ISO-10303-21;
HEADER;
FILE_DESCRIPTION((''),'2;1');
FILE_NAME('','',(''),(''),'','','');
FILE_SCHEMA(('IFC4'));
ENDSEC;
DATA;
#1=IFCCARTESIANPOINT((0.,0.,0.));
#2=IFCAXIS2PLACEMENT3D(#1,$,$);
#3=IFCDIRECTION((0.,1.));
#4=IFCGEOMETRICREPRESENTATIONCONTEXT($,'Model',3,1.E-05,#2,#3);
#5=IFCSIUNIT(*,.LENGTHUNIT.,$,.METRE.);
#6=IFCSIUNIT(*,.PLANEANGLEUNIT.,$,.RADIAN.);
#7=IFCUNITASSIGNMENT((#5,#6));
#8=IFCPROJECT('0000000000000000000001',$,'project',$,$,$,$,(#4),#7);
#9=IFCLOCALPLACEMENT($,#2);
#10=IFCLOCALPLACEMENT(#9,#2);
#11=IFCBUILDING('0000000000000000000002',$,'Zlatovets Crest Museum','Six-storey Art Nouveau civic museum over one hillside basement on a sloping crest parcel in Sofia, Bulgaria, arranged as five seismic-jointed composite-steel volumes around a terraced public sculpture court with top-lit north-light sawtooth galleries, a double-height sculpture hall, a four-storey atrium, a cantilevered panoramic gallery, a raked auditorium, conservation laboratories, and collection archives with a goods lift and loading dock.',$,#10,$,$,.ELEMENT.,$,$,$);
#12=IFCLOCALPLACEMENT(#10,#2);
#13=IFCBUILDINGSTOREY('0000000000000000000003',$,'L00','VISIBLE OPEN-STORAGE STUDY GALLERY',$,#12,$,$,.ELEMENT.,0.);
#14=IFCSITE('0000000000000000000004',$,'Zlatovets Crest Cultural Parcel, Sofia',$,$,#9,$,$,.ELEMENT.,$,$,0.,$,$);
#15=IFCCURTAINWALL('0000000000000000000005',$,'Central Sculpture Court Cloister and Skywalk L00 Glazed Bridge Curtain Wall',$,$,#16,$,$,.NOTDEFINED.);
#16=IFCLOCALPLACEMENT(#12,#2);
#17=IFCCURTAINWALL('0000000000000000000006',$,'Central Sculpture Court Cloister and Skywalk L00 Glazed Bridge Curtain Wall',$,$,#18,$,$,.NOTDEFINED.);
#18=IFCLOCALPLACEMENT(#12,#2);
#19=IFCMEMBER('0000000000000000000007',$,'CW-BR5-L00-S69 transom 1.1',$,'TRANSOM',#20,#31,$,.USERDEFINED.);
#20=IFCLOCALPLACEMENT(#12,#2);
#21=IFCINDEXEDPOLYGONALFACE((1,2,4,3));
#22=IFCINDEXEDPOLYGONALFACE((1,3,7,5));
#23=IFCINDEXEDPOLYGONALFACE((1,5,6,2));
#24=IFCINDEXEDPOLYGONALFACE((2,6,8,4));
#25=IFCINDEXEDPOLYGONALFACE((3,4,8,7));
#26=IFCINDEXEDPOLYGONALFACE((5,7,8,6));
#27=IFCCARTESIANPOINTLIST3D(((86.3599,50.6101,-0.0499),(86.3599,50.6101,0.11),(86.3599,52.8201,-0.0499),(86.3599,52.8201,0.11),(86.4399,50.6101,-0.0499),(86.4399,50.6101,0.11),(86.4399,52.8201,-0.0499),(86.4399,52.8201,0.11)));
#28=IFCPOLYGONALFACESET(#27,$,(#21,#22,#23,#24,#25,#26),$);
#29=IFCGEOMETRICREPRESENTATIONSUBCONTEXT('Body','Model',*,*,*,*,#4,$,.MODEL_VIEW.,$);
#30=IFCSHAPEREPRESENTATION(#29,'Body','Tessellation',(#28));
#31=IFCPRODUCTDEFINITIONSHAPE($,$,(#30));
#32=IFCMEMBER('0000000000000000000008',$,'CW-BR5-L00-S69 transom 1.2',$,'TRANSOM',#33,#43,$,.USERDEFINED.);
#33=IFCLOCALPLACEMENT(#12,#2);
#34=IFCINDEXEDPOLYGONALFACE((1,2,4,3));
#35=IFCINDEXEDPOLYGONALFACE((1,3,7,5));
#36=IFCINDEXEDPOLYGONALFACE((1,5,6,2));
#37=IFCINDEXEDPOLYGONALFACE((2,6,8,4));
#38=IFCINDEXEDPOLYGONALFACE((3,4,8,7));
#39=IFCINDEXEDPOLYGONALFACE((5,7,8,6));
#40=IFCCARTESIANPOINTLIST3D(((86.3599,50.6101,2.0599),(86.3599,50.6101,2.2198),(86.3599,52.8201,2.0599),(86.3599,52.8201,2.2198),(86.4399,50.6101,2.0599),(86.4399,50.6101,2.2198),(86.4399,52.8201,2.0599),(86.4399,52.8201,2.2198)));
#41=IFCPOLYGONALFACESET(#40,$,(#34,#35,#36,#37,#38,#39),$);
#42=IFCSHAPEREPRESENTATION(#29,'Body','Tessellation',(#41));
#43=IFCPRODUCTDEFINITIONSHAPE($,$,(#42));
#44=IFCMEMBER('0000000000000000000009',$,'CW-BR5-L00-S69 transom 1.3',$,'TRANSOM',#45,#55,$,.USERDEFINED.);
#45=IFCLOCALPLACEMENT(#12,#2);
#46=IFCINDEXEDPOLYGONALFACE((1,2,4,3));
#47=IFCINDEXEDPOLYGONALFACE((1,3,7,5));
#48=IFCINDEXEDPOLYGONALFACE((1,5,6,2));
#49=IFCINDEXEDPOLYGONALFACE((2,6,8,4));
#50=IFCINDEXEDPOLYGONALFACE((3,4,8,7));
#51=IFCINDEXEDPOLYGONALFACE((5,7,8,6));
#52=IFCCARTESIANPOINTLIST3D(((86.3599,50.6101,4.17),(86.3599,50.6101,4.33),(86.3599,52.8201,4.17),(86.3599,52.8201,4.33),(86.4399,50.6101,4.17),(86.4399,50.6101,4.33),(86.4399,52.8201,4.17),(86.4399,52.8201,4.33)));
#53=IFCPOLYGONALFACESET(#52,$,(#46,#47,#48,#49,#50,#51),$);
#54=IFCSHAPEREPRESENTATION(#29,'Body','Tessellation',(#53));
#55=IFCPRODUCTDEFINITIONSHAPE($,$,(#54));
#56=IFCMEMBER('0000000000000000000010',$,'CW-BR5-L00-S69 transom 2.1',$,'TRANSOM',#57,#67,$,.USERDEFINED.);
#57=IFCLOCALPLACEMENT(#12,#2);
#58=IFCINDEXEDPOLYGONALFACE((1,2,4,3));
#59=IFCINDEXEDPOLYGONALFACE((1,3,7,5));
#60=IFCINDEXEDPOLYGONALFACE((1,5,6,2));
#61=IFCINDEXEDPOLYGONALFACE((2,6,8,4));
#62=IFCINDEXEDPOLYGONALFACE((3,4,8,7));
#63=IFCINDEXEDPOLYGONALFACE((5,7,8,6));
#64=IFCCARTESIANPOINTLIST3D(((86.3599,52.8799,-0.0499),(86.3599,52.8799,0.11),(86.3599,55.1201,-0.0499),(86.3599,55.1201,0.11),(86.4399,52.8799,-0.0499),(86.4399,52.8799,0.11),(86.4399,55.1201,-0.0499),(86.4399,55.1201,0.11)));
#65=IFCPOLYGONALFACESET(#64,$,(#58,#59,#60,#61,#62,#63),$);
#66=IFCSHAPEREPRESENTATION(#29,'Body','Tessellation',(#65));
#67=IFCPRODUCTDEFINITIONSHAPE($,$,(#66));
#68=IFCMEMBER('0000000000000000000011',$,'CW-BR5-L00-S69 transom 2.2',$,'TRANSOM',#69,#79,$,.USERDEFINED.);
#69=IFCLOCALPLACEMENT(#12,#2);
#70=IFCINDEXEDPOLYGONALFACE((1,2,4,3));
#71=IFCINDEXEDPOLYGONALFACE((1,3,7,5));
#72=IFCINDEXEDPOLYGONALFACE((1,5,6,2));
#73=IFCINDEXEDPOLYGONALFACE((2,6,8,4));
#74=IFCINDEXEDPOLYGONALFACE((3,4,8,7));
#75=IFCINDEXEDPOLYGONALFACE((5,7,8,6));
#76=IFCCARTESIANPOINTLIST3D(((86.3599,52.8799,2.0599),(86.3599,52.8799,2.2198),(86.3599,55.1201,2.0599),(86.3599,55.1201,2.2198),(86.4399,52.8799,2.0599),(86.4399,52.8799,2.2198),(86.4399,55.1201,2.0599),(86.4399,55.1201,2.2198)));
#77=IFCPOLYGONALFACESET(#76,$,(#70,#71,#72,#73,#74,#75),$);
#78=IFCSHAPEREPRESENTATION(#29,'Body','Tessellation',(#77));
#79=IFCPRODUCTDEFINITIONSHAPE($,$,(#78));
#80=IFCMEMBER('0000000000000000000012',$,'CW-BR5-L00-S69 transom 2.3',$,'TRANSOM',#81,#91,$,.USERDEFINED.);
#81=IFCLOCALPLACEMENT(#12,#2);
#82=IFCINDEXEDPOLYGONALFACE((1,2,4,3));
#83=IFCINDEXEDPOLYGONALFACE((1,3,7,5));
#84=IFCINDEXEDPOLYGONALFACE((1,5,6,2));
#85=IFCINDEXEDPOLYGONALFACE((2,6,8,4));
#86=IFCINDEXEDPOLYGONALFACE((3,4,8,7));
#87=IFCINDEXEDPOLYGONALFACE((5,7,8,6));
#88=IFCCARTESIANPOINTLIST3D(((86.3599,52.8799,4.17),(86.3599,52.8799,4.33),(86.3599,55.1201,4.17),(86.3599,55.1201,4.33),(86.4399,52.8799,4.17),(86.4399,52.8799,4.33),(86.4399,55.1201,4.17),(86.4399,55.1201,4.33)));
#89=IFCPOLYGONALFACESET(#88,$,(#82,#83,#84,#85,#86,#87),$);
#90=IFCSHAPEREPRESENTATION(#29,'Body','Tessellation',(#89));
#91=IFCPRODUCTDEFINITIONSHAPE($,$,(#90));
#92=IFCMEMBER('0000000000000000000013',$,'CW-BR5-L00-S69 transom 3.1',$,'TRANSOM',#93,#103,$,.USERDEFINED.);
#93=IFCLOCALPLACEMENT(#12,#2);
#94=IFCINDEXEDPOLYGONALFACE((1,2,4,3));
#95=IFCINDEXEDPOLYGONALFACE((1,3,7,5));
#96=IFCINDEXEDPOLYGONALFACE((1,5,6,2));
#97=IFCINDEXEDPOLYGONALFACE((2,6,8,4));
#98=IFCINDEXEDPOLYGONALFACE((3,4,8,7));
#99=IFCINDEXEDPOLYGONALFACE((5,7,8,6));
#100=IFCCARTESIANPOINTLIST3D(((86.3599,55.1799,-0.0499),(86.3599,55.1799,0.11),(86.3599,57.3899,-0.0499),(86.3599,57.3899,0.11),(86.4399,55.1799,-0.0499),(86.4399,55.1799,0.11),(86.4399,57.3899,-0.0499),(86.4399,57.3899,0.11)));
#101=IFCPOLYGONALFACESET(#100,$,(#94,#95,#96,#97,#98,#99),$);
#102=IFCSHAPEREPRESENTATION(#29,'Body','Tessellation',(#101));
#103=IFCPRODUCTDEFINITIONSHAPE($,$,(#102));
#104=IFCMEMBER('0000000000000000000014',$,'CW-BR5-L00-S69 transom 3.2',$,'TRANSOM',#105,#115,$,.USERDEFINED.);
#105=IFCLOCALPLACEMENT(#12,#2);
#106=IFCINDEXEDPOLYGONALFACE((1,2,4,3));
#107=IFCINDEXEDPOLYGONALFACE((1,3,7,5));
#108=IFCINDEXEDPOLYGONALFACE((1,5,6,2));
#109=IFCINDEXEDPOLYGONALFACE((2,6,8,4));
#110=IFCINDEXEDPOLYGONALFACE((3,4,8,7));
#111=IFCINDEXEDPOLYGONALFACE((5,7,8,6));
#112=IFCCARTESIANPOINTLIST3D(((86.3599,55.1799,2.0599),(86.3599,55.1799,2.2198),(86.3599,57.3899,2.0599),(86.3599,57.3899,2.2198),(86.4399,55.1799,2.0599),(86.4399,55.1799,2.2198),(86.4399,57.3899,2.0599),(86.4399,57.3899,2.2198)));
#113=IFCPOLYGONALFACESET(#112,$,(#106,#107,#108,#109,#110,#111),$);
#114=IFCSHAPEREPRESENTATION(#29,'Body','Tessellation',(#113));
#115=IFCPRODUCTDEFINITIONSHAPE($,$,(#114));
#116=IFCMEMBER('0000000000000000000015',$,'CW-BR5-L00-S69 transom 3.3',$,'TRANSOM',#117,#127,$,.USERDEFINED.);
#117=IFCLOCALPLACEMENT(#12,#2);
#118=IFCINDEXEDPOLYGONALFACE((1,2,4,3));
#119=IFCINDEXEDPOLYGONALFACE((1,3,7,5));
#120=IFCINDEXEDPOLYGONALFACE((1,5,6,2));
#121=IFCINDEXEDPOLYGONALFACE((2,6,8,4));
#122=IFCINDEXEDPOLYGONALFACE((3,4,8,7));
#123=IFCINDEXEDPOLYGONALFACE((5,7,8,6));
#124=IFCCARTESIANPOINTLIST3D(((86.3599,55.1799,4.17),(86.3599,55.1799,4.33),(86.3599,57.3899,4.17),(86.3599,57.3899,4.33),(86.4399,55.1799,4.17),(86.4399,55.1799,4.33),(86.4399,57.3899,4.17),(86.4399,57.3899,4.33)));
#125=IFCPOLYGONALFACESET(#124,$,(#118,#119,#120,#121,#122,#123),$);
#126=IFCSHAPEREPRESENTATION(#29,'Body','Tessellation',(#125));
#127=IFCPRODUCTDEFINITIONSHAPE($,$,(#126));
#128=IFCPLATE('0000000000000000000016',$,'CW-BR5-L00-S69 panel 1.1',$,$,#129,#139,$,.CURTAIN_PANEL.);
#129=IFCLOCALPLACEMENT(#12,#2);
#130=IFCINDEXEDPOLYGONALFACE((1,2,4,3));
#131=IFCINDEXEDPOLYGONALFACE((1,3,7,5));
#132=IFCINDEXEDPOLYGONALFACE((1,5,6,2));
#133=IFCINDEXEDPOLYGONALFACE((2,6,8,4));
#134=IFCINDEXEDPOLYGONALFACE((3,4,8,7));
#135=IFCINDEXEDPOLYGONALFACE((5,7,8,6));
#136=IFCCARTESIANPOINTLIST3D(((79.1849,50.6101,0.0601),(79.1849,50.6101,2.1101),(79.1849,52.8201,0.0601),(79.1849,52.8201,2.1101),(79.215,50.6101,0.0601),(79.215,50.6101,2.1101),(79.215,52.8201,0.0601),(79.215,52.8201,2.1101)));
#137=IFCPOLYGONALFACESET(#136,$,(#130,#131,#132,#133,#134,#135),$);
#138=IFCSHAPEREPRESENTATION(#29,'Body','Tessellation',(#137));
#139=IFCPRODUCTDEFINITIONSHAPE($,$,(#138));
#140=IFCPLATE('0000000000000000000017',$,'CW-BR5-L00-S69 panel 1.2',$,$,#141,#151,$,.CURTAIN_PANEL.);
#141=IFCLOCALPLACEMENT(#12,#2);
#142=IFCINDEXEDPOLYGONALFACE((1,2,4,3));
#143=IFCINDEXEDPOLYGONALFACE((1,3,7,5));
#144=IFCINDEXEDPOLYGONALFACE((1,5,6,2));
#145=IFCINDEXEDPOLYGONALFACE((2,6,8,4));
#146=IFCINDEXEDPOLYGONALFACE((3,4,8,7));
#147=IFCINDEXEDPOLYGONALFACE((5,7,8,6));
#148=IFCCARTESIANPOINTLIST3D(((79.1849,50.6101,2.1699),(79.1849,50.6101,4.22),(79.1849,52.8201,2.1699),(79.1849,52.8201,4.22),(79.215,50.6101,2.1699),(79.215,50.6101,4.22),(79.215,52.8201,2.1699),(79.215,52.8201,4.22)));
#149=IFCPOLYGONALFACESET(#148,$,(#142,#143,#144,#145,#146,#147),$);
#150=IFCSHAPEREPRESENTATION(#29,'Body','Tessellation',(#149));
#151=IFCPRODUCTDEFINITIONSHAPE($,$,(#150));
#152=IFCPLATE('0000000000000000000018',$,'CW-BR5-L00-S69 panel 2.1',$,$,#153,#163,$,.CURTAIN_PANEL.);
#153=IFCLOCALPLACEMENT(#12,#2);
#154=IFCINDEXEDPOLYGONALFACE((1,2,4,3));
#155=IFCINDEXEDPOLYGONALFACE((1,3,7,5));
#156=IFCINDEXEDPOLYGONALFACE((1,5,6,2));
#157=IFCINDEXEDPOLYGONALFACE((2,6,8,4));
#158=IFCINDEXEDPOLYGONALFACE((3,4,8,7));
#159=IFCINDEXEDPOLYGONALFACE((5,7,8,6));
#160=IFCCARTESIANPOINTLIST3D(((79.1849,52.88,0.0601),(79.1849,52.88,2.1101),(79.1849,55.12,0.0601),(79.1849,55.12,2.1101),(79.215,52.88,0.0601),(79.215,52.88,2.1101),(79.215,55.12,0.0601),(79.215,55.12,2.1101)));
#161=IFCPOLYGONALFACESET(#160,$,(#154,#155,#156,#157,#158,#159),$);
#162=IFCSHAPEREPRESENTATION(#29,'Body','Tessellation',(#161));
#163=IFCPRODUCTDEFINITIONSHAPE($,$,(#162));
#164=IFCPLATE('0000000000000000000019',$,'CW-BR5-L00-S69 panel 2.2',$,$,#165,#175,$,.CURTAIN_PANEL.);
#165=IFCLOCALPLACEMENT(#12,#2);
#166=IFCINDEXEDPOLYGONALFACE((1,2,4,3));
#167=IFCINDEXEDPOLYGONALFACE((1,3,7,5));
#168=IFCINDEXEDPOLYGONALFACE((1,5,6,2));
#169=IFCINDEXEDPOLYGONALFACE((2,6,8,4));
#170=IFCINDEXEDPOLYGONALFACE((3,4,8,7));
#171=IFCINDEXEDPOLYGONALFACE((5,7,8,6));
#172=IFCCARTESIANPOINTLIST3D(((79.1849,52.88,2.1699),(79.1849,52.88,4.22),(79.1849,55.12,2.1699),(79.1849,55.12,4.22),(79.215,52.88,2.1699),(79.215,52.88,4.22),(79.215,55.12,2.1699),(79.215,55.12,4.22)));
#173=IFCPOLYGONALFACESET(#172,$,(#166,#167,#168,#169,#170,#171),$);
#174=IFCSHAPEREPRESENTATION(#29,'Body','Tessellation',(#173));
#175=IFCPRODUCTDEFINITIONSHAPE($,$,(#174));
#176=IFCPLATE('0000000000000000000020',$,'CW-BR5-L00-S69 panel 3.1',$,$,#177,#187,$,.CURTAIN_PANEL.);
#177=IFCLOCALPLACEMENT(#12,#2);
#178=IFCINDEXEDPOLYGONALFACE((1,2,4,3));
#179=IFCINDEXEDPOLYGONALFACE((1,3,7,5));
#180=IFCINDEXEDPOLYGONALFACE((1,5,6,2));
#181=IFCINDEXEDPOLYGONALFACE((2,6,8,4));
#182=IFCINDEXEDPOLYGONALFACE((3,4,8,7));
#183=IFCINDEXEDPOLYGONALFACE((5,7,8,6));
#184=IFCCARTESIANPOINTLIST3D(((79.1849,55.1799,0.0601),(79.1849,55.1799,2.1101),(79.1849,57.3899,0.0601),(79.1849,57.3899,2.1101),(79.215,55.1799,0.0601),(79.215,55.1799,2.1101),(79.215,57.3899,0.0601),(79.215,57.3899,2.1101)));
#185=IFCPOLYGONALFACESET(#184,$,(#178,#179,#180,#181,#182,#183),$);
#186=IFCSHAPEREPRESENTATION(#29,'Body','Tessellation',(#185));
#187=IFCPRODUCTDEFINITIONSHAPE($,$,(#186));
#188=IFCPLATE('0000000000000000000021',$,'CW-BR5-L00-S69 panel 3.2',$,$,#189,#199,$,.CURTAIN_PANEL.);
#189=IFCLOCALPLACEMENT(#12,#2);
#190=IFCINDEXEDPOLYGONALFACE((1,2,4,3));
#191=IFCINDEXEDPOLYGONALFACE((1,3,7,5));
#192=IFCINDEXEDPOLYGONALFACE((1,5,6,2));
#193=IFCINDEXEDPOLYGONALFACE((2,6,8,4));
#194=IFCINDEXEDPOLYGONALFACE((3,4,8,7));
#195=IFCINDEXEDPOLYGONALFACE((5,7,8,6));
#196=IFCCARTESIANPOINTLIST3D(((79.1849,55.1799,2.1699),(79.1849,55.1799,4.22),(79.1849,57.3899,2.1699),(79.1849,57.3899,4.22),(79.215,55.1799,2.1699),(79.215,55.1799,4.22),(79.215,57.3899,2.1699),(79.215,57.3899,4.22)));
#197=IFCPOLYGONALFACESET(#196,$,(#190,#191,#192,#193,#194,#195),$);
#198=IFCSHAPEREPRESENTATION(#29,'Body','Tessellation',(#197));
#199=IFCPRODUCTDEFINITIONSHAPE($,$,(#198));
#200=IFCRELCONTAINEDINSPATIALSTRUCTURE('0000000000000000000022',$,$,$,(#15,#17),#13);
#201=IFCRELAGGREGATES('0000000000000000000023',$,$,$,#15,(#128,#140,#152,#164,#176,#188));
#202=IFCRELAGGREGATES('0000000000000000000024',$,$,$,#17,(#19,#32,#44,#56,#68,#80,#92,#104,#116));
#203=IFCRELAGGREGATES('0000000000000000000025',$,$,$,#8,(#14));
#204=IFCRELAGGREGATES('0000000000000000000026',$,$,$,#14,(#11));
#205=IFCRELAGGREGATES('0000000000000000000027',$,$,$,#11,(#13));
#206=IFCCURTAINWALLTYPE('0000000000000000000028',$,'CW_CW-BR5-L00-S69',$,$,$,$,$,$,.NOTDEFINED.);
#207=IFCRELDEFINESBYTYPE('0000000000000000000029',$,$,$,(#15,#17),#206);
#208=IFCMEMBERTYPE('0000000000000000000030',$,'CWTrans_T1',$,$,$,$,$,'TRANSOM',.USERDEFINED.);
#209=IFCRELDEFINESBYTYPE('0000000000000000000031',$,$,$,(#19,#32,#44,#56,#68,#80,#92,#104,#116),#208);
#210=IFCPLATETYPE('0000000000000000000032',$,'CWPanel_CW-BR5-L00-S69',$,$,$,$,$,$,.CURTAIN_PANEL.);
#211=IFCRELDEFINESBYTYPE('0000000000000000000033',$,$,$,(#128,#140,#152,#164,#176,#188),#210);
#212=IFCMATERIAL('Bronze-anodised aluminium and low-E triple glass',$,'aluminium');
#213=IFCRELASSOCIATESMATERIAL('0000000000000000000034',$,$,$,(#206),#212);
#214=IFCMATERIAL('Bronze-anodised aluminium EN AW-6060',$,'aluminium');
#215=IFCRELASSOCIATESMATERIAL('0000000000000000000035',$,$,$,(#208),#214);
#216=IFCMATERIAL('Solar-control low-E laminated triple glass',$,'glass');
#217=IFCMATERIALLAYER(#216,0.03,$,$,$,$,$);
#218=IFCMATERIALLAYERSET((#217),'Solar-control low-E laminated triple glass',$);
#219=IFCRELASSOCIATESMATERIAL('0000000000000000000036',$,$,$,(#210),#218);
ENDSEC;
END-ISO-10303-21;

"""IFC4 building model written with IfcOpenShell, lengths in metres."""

from ifc_helpers import new_model, si_unit, direction, frame, origin, origin_2d, place, context, subcontext, project, spatial, rectangle, extrude, material, layer, layer_set, material_profile, profile_set, type_object, element, aggregate, save


model = new_model("IFC4")

# Units and contexts
model_context = context("Model", 3, precision=1e-05, world=origin(), true_north=direction((0.0, 1.0)))
body_context = subcontext(model_context, "Body", "Model", "MODEL_VIEW")
ifc_project = project(units=[si_unit("LENGTHUNIT", "METRE"), si_unit("PLANEANGLEUNIT", "RADIAN")], contexts=[model_context])

# Site, building, storey
site_placement = place(None, origin())
site = spatial("IfcSite", under=ifc_project, at=site_placement, Name="Zlatovets Crest Cultural Parcel, Sofia", CompositionType="ELEMENT", RefElevation=0.0)
building_placement = place(site_placement, origin())
building = spatial("IfcBuilding", under=site, at=building_placement, Name="Zlatovets Crest Museum", Description="Six-storey Art Nouveau civic museum over one hillside basement on a sloping crest parcel in Sofia, Bulgaria, arranged as five seismic-jointed composite-steel volumes around a terraced public sculpture court with top-lit north-light sawtooth galleries, a double-height sculpture hall, a four-storey atrium, a cantilevered panoramic gallery, a raked auditorium, conservation laboratories, and collection archives with a goods lift and loading dock.", CompositionType="ELEMENT")
storey_placement = place(building_placement, origin())
storey = spatial("IfcBuildingStorey", under=building, at=storey_placement, Name="L00", Description="VISIBLE OPEN-STORAGE STUDY GALLERY", CompositionType="ELEMENT", Elevation=0.0)

# Curtain walls
ifc_material_1 = material(Name="Bronze-anodised aluminium and low-E triple glass", Category="aluminium")
curtain_wall_type = type_object("IfcCurtainWallType", Name="CW_CW-BR5-L00-S69", PredefinedType="NOTDEFINED", material=ifc_material_1)
curtain_wall_1_placement = place(storey_placement, origin())
curtain_wall_1 = element("IfcCurtainWall", 1, at=curtain_wall_1_placement, inside=storey, type_object=curtain_wall_type, Name="Central Sculpture Court Cloister and Skywalk L00 Glazed Bridge Curtain Wall", PredefinedType="NOTDEFINED")
ifc_material_2 = material(Name="Bronze-anodised aluminium EN AW-6060", Category="aluminium")
curtain_wall_2_placement = place(storey_placement, origin())
curtain_wall_2 = element("IfcCurtainWall", 2, at=curtain_wall_2_placement, inside=storey, type_object=curtain_wall_type, Name="Central Sculpture Court Cloister and Skywalk L00 Glazed Bridge Curtain Wall", PredefinedType="NOTDEFINED")

# Members
ifc_material_profile_1 = material_profile(ifc_material_2, rectangle(XDim=0.0801, YDim=0.1599, at=origin_2d()), Name="ALU 80x160")
ifc_profile_set_1 = profile_set([ifc_material_profile_1], Name="Bronze-anodised aluminium EN AW-6060")
member_type_1 = type_object("IfcMemberType", Name="CWTrans_T1", ElementType="TRANSOM", PredefinedType="USERDEFINED", material=ifc_profile_set_1)
member_1_placement = place(storey_placement, frame((86.3999, 50.6101, 0.03), z_axis=(0.0, 1.0, 0.0), x_axis=(-1.0, 0.0, 0.0)))
member_1 = element("IfcMember", 3, at=member_1_placement, type_object=member_type_1, Name="CW-BR5-L00-S69 transom 1.1", ObjectType="TRANSOM", PredefinedType="USERDEFINED", context=body_context, shape_type="SweptSolid", body=[
    extrude(rectangle(XDim=0.0801, YDim=0.1599, at=origin_2d()), origin(), (0.0, 0.0, 1.0), 2.21),
])
member_2_placement = place(storey_placement, frame((86.3999, 50.6101, 2.1399), z_axis=(0.0, 1.0, 0.0), x_axis=(-1.0, 0.0, 0.0)))
member_2 = element("IfcMember", 4, at=member_2_placement, type_object=member_type_1, Name="CW-BR5-L00-S69 transom 1.2", ObjectType="TRANSOM", PredefinedType="USERDEFINED", context=body_context, shape_type="SweptSolid", body=[
    extrude(rectangle(XDim=0.0801, YDim=0.1599, at=origin_2d()), origin(), (0.0, 0.0, 1.0), 2.21),
])
member_3_placement = place(storey_placement, frame((86.3999, 50.6101, 4.25), z_axis=(0.0, 1.0, 0.0), x_axis=(-1.0, 0.0, 0.0)))
member_3 = element("IfcMember", 5, at=member_3_placement, type_object=member_type_1, Name="CW-BR5-L00-S69 transom 1.3", ObjectType="TRANSOM", PredefinedType="USERDEFINED", context=body_context, shape_type="SweptSolid", body=[
    extrude(rectangle(XDim=0.0801, YDim=0.1599, at=origin_2d()), origin(), (0.0, 0.0, 1.0), 2.21),
])
member_4_placement = place(storey_placement, frame((86.3999, 52.8799, 0.03), z_axis=(0.0, 1.0, 0.0), x_axis=(-1.0, 0.0, 0.0)))
member_4 = element("IfcMember", 6, at=member_4_placement, type_object=member_type_1, Name="CW-BR5-L00-S69 transom 2.1", ObjectType="TRANSOM", PredefinedType="USERDEFINED", context=body_context, shape_type="SweptSolid", body=[
    extrude(rectangle(XDim=0.0801, YDim=0.1599, at=origin_2d()), origin(), (0.0, 0.0, 1.0), 2.2402),
])
member_5_placement = place(storey_placement, frame((86.3999, 52.8799, 2.1399), z_axis=(0.0, 1.0, 0.0), x_axis=(-1.0, 0.0, 0.0)))
member_5 = element("IfcMember", 7, at=member_5_placement, type_object=member_type_1, Name="CW-BR5-L00-S69 transom 2.2", ObjectType="TRANSOM", PredefinedType="USERDEFINED", context=body_context, shape_type="SweptSolid", body=[
    extrude(rectangle(XDim=0.0801, YDim=0.1599, at=origin_2d()), origin(), (0.0, 0.0, 1.0), 2.2402),
])
member_6_placement = place(storey_placement, frame((86.3999, 52.8799, 4.25), z_axis=(0.0, 1.0, 0.0), x_axis=(-1.0, 0.0, 0.0)))
member_6 = element("IfcMember", 8, at=member_6_placement, type_object=member_type_1, Name="CW-BR5-L00-S69 transom 2.3", ObjectType="TRANSOM", PredefinedType="USERDEFINED", context=body_context, shape_type="SweptSolid", body=[
    extrude(rectangle(XDim=0.0801, YDim=0.1599, at=origin_2d()), origin(), (0.0, 0.0, 1.0), 2.2402),
])
member_7_placement = place(storey_placement, frame((86.3999, 55.1799, 0.03), z_axis=(0.0, 1.0, 0.0), x_axis=(-1.0, 0.0, 0.0)))
member_7 = element("IfcMember", 9, at=member_7_placement, type_object=member_type_1, Name="CW-BR5-L00-S69 transom 3.1", ObjectType="TRANSOM", PredefinedType="USERDEFINED", context=body_context, shape_type="SweptSolid", body=[
    extrude(rectangle(XDim=0.0801, YDim=0.1599, at=origin_2d()), origin(), (0.0, 0.0, 1.0), 2.21),
])
member_8_placement = place(storey_placement, frame((86.3999, 55.1799, 2.1399), z_axis=(0.0, 1.0, 0.0), x_axis=(-1.0, 0.0, 0.0)))
member_8 = element("IfcMember", 10, at=member_8_placement, type_object=member_type_1, Name="CW-BR5-L00-S69 transom 3.2", ObjectType="TRANSOM", PredefinedType="USERDEFINED", context=body_context, shape_type="SweptSolid", body=[
    extrude(rectangle(XDim=0.0801, YDim=0.1599, at=origin_2d()), origin(), (0.0, 0.0, 1.0), 2.21),
])
member_9_placement = place(storey_placement, frame((86.3999, 55.1799, 4.25), z_axis=(0.0, 1.0, 0.0), x_axis=(-1.0, 0.0, 0.0)))
member_9 = element("IfcMember", 11, at=member_9_placement, type_object=member_type_1, Name="CW-BR5-L00-S69 transom 3.3", ObjectType="TRANSOM", PredefinedType="USERDEFINED", context=body_context, shape_type="SweptSolid", body=[
    extrude(rectangle(XDim=0.0801, YDim=0.1599, at=origin_2d()), origin(), (0.0, 0.0, 1.0), 2.21),
])

# Plates
ifc_material_3 = material(Name="Solar-control low-E laminated triple glass", Category="glass")
ifc_layer = layer(ifc_material_3, 0.03)
ifc_layer_set = layer_set([ifc_layer], Name="Solar-control low-E laminated triple glass")
plate_type = type_object("IfcPlateType", Name="CWPanel_CW-BR5-L00-S69", PredefinedType="CURTAIN_PANEL", material=ifc_layer_set)
plate_1_placement = place(storey_placement, frame((79.2, 51.7151, 0.0601), z_axis=(0.0, 0.0, 1.0), x_axis=(0.0, 1.0, 0.0)))
plate_1 = element("IfcPlate", 12, at=plate_1_placement, type_object=plate_type, Name="CW-BR5-L00-S69 panel 1.1", PredefinedType="CURTAIN_PANEL", context=body_context, shape_type="SweptSolid", body=[
    extrude(rectangle(XDim=2.21, YDim=0.03, at=origin_2d()), origin(), (0.0, 0.0, 1.0), 2.05),
])
plate_2_placement = place(storey_placement, frame((79.2, 51.7151, 2.1699), z_axis=(0.0, 0.0, 1.0), x_axis=(0.0, 1.0, 0.0)))
plate_2 = element("IfcPlate", 13, at=plate_2_placement, type_object=plate_type, Name="CW-BR5-L00-S69 panel 1.2", PredefinedType="CURTAIN_PANEL", context=body_context, shape_type="SweptSolid", body=[
    extrude(rectangle(XDim=2.21, YDim=0.03, at=origin_2d()), origin(), (0.0, 0.0, 1.0), 2.05),
])
plate_3_placement = place(storey_placement, frame((79.2, 54.0, 0.0601), z_axis=(0.0, 0.0, 1.0), x_axis=(0.0, 1.0, 0.0)))
plate_3 = element("IfcPlate", 14, at=plate_3_placement, type_object=plate_type, Name="CW-BR5-L00-S69 panel 2.1", PredefinedType="CURTAIN_PANEL", context=body_context, shape_type="SweptSolid", body=[
    extrude(rectangle(XDim=2.24, YDim=0.03, at=origin_2d()), origin(), (0.0, 0.0, 1.0), 2.05),
])
plate_4_placement = place(storey_placement, frame((79.2, 54.0, 2.1699), z_axis=(0.0, 0.0, 1.0), x_axis=(0.0, 1.0, 0.0)))
plate_4 = element("IfcPlate", 15, at=plate_4_placement, type_object=plate_type, Name="CW-BR5-L00-S69 panel 2.2", PredefinedType="CURTAIN_PANEL", context=body_context, shape_type="SweptSolid", body=[
    extrude(rectangle(XDim=2.24, YDim=0.03, at=origin_2d()), origin(), (0.0, 0.0, 1.0), 2.05),
])
plate_5_placement = place(storey_placement, frame((79.2, 56.2849, 0.0601), z_axis=(0.0, 0.0, 1.0), x_axis=(0.0, 1.0, 0.0)))
plate_5 = element("IfcPlate", 16, at=plate_5_placement, type_object=plate_type, Name="CW-BR5-L00-S69 panel 3.1", PredefinedType="CURTAIN_PANEL", context=body_context, shape_type="SweptSolid", body=[
    extrude(rectangle(XDim=2.21, YDim=0.03, at=origin_2d()), origin(), (0.0, 0.0, 1.0), 2.05),
])
plate_6_placement = place(storey_placement, frame((79.2, 56.2849, 2.1699), z_axis=(0.0, 0.0, 1.0), x_axis=(0.0, 1.0, 0.0)))
plate_6 = element("IfcPlate", 17, at=plate_6_placement, type_object=plate_type, Name="CW-BR5-L00-S69 panel 3.2", PredefinedType="CURTAIN_PANEL", context=body_context, shape_type="SweptSolid", body=[
    extrude(rectangle(XDim=2.21, YDim=0.03, at=origin_2d()), origin(), (0.0, 0.0, 1.0), 2.05),
])
aggregate(curtain_wall_1, [plate_1, plate_2, plate_3, plate_4, plate_5, plate_6])
aggregate(curtain_wall_2, [member_1, member_2, member_3, member_4, member_5, member_6, member_7, member_8, member_9])

save(model, "model.ifc")
